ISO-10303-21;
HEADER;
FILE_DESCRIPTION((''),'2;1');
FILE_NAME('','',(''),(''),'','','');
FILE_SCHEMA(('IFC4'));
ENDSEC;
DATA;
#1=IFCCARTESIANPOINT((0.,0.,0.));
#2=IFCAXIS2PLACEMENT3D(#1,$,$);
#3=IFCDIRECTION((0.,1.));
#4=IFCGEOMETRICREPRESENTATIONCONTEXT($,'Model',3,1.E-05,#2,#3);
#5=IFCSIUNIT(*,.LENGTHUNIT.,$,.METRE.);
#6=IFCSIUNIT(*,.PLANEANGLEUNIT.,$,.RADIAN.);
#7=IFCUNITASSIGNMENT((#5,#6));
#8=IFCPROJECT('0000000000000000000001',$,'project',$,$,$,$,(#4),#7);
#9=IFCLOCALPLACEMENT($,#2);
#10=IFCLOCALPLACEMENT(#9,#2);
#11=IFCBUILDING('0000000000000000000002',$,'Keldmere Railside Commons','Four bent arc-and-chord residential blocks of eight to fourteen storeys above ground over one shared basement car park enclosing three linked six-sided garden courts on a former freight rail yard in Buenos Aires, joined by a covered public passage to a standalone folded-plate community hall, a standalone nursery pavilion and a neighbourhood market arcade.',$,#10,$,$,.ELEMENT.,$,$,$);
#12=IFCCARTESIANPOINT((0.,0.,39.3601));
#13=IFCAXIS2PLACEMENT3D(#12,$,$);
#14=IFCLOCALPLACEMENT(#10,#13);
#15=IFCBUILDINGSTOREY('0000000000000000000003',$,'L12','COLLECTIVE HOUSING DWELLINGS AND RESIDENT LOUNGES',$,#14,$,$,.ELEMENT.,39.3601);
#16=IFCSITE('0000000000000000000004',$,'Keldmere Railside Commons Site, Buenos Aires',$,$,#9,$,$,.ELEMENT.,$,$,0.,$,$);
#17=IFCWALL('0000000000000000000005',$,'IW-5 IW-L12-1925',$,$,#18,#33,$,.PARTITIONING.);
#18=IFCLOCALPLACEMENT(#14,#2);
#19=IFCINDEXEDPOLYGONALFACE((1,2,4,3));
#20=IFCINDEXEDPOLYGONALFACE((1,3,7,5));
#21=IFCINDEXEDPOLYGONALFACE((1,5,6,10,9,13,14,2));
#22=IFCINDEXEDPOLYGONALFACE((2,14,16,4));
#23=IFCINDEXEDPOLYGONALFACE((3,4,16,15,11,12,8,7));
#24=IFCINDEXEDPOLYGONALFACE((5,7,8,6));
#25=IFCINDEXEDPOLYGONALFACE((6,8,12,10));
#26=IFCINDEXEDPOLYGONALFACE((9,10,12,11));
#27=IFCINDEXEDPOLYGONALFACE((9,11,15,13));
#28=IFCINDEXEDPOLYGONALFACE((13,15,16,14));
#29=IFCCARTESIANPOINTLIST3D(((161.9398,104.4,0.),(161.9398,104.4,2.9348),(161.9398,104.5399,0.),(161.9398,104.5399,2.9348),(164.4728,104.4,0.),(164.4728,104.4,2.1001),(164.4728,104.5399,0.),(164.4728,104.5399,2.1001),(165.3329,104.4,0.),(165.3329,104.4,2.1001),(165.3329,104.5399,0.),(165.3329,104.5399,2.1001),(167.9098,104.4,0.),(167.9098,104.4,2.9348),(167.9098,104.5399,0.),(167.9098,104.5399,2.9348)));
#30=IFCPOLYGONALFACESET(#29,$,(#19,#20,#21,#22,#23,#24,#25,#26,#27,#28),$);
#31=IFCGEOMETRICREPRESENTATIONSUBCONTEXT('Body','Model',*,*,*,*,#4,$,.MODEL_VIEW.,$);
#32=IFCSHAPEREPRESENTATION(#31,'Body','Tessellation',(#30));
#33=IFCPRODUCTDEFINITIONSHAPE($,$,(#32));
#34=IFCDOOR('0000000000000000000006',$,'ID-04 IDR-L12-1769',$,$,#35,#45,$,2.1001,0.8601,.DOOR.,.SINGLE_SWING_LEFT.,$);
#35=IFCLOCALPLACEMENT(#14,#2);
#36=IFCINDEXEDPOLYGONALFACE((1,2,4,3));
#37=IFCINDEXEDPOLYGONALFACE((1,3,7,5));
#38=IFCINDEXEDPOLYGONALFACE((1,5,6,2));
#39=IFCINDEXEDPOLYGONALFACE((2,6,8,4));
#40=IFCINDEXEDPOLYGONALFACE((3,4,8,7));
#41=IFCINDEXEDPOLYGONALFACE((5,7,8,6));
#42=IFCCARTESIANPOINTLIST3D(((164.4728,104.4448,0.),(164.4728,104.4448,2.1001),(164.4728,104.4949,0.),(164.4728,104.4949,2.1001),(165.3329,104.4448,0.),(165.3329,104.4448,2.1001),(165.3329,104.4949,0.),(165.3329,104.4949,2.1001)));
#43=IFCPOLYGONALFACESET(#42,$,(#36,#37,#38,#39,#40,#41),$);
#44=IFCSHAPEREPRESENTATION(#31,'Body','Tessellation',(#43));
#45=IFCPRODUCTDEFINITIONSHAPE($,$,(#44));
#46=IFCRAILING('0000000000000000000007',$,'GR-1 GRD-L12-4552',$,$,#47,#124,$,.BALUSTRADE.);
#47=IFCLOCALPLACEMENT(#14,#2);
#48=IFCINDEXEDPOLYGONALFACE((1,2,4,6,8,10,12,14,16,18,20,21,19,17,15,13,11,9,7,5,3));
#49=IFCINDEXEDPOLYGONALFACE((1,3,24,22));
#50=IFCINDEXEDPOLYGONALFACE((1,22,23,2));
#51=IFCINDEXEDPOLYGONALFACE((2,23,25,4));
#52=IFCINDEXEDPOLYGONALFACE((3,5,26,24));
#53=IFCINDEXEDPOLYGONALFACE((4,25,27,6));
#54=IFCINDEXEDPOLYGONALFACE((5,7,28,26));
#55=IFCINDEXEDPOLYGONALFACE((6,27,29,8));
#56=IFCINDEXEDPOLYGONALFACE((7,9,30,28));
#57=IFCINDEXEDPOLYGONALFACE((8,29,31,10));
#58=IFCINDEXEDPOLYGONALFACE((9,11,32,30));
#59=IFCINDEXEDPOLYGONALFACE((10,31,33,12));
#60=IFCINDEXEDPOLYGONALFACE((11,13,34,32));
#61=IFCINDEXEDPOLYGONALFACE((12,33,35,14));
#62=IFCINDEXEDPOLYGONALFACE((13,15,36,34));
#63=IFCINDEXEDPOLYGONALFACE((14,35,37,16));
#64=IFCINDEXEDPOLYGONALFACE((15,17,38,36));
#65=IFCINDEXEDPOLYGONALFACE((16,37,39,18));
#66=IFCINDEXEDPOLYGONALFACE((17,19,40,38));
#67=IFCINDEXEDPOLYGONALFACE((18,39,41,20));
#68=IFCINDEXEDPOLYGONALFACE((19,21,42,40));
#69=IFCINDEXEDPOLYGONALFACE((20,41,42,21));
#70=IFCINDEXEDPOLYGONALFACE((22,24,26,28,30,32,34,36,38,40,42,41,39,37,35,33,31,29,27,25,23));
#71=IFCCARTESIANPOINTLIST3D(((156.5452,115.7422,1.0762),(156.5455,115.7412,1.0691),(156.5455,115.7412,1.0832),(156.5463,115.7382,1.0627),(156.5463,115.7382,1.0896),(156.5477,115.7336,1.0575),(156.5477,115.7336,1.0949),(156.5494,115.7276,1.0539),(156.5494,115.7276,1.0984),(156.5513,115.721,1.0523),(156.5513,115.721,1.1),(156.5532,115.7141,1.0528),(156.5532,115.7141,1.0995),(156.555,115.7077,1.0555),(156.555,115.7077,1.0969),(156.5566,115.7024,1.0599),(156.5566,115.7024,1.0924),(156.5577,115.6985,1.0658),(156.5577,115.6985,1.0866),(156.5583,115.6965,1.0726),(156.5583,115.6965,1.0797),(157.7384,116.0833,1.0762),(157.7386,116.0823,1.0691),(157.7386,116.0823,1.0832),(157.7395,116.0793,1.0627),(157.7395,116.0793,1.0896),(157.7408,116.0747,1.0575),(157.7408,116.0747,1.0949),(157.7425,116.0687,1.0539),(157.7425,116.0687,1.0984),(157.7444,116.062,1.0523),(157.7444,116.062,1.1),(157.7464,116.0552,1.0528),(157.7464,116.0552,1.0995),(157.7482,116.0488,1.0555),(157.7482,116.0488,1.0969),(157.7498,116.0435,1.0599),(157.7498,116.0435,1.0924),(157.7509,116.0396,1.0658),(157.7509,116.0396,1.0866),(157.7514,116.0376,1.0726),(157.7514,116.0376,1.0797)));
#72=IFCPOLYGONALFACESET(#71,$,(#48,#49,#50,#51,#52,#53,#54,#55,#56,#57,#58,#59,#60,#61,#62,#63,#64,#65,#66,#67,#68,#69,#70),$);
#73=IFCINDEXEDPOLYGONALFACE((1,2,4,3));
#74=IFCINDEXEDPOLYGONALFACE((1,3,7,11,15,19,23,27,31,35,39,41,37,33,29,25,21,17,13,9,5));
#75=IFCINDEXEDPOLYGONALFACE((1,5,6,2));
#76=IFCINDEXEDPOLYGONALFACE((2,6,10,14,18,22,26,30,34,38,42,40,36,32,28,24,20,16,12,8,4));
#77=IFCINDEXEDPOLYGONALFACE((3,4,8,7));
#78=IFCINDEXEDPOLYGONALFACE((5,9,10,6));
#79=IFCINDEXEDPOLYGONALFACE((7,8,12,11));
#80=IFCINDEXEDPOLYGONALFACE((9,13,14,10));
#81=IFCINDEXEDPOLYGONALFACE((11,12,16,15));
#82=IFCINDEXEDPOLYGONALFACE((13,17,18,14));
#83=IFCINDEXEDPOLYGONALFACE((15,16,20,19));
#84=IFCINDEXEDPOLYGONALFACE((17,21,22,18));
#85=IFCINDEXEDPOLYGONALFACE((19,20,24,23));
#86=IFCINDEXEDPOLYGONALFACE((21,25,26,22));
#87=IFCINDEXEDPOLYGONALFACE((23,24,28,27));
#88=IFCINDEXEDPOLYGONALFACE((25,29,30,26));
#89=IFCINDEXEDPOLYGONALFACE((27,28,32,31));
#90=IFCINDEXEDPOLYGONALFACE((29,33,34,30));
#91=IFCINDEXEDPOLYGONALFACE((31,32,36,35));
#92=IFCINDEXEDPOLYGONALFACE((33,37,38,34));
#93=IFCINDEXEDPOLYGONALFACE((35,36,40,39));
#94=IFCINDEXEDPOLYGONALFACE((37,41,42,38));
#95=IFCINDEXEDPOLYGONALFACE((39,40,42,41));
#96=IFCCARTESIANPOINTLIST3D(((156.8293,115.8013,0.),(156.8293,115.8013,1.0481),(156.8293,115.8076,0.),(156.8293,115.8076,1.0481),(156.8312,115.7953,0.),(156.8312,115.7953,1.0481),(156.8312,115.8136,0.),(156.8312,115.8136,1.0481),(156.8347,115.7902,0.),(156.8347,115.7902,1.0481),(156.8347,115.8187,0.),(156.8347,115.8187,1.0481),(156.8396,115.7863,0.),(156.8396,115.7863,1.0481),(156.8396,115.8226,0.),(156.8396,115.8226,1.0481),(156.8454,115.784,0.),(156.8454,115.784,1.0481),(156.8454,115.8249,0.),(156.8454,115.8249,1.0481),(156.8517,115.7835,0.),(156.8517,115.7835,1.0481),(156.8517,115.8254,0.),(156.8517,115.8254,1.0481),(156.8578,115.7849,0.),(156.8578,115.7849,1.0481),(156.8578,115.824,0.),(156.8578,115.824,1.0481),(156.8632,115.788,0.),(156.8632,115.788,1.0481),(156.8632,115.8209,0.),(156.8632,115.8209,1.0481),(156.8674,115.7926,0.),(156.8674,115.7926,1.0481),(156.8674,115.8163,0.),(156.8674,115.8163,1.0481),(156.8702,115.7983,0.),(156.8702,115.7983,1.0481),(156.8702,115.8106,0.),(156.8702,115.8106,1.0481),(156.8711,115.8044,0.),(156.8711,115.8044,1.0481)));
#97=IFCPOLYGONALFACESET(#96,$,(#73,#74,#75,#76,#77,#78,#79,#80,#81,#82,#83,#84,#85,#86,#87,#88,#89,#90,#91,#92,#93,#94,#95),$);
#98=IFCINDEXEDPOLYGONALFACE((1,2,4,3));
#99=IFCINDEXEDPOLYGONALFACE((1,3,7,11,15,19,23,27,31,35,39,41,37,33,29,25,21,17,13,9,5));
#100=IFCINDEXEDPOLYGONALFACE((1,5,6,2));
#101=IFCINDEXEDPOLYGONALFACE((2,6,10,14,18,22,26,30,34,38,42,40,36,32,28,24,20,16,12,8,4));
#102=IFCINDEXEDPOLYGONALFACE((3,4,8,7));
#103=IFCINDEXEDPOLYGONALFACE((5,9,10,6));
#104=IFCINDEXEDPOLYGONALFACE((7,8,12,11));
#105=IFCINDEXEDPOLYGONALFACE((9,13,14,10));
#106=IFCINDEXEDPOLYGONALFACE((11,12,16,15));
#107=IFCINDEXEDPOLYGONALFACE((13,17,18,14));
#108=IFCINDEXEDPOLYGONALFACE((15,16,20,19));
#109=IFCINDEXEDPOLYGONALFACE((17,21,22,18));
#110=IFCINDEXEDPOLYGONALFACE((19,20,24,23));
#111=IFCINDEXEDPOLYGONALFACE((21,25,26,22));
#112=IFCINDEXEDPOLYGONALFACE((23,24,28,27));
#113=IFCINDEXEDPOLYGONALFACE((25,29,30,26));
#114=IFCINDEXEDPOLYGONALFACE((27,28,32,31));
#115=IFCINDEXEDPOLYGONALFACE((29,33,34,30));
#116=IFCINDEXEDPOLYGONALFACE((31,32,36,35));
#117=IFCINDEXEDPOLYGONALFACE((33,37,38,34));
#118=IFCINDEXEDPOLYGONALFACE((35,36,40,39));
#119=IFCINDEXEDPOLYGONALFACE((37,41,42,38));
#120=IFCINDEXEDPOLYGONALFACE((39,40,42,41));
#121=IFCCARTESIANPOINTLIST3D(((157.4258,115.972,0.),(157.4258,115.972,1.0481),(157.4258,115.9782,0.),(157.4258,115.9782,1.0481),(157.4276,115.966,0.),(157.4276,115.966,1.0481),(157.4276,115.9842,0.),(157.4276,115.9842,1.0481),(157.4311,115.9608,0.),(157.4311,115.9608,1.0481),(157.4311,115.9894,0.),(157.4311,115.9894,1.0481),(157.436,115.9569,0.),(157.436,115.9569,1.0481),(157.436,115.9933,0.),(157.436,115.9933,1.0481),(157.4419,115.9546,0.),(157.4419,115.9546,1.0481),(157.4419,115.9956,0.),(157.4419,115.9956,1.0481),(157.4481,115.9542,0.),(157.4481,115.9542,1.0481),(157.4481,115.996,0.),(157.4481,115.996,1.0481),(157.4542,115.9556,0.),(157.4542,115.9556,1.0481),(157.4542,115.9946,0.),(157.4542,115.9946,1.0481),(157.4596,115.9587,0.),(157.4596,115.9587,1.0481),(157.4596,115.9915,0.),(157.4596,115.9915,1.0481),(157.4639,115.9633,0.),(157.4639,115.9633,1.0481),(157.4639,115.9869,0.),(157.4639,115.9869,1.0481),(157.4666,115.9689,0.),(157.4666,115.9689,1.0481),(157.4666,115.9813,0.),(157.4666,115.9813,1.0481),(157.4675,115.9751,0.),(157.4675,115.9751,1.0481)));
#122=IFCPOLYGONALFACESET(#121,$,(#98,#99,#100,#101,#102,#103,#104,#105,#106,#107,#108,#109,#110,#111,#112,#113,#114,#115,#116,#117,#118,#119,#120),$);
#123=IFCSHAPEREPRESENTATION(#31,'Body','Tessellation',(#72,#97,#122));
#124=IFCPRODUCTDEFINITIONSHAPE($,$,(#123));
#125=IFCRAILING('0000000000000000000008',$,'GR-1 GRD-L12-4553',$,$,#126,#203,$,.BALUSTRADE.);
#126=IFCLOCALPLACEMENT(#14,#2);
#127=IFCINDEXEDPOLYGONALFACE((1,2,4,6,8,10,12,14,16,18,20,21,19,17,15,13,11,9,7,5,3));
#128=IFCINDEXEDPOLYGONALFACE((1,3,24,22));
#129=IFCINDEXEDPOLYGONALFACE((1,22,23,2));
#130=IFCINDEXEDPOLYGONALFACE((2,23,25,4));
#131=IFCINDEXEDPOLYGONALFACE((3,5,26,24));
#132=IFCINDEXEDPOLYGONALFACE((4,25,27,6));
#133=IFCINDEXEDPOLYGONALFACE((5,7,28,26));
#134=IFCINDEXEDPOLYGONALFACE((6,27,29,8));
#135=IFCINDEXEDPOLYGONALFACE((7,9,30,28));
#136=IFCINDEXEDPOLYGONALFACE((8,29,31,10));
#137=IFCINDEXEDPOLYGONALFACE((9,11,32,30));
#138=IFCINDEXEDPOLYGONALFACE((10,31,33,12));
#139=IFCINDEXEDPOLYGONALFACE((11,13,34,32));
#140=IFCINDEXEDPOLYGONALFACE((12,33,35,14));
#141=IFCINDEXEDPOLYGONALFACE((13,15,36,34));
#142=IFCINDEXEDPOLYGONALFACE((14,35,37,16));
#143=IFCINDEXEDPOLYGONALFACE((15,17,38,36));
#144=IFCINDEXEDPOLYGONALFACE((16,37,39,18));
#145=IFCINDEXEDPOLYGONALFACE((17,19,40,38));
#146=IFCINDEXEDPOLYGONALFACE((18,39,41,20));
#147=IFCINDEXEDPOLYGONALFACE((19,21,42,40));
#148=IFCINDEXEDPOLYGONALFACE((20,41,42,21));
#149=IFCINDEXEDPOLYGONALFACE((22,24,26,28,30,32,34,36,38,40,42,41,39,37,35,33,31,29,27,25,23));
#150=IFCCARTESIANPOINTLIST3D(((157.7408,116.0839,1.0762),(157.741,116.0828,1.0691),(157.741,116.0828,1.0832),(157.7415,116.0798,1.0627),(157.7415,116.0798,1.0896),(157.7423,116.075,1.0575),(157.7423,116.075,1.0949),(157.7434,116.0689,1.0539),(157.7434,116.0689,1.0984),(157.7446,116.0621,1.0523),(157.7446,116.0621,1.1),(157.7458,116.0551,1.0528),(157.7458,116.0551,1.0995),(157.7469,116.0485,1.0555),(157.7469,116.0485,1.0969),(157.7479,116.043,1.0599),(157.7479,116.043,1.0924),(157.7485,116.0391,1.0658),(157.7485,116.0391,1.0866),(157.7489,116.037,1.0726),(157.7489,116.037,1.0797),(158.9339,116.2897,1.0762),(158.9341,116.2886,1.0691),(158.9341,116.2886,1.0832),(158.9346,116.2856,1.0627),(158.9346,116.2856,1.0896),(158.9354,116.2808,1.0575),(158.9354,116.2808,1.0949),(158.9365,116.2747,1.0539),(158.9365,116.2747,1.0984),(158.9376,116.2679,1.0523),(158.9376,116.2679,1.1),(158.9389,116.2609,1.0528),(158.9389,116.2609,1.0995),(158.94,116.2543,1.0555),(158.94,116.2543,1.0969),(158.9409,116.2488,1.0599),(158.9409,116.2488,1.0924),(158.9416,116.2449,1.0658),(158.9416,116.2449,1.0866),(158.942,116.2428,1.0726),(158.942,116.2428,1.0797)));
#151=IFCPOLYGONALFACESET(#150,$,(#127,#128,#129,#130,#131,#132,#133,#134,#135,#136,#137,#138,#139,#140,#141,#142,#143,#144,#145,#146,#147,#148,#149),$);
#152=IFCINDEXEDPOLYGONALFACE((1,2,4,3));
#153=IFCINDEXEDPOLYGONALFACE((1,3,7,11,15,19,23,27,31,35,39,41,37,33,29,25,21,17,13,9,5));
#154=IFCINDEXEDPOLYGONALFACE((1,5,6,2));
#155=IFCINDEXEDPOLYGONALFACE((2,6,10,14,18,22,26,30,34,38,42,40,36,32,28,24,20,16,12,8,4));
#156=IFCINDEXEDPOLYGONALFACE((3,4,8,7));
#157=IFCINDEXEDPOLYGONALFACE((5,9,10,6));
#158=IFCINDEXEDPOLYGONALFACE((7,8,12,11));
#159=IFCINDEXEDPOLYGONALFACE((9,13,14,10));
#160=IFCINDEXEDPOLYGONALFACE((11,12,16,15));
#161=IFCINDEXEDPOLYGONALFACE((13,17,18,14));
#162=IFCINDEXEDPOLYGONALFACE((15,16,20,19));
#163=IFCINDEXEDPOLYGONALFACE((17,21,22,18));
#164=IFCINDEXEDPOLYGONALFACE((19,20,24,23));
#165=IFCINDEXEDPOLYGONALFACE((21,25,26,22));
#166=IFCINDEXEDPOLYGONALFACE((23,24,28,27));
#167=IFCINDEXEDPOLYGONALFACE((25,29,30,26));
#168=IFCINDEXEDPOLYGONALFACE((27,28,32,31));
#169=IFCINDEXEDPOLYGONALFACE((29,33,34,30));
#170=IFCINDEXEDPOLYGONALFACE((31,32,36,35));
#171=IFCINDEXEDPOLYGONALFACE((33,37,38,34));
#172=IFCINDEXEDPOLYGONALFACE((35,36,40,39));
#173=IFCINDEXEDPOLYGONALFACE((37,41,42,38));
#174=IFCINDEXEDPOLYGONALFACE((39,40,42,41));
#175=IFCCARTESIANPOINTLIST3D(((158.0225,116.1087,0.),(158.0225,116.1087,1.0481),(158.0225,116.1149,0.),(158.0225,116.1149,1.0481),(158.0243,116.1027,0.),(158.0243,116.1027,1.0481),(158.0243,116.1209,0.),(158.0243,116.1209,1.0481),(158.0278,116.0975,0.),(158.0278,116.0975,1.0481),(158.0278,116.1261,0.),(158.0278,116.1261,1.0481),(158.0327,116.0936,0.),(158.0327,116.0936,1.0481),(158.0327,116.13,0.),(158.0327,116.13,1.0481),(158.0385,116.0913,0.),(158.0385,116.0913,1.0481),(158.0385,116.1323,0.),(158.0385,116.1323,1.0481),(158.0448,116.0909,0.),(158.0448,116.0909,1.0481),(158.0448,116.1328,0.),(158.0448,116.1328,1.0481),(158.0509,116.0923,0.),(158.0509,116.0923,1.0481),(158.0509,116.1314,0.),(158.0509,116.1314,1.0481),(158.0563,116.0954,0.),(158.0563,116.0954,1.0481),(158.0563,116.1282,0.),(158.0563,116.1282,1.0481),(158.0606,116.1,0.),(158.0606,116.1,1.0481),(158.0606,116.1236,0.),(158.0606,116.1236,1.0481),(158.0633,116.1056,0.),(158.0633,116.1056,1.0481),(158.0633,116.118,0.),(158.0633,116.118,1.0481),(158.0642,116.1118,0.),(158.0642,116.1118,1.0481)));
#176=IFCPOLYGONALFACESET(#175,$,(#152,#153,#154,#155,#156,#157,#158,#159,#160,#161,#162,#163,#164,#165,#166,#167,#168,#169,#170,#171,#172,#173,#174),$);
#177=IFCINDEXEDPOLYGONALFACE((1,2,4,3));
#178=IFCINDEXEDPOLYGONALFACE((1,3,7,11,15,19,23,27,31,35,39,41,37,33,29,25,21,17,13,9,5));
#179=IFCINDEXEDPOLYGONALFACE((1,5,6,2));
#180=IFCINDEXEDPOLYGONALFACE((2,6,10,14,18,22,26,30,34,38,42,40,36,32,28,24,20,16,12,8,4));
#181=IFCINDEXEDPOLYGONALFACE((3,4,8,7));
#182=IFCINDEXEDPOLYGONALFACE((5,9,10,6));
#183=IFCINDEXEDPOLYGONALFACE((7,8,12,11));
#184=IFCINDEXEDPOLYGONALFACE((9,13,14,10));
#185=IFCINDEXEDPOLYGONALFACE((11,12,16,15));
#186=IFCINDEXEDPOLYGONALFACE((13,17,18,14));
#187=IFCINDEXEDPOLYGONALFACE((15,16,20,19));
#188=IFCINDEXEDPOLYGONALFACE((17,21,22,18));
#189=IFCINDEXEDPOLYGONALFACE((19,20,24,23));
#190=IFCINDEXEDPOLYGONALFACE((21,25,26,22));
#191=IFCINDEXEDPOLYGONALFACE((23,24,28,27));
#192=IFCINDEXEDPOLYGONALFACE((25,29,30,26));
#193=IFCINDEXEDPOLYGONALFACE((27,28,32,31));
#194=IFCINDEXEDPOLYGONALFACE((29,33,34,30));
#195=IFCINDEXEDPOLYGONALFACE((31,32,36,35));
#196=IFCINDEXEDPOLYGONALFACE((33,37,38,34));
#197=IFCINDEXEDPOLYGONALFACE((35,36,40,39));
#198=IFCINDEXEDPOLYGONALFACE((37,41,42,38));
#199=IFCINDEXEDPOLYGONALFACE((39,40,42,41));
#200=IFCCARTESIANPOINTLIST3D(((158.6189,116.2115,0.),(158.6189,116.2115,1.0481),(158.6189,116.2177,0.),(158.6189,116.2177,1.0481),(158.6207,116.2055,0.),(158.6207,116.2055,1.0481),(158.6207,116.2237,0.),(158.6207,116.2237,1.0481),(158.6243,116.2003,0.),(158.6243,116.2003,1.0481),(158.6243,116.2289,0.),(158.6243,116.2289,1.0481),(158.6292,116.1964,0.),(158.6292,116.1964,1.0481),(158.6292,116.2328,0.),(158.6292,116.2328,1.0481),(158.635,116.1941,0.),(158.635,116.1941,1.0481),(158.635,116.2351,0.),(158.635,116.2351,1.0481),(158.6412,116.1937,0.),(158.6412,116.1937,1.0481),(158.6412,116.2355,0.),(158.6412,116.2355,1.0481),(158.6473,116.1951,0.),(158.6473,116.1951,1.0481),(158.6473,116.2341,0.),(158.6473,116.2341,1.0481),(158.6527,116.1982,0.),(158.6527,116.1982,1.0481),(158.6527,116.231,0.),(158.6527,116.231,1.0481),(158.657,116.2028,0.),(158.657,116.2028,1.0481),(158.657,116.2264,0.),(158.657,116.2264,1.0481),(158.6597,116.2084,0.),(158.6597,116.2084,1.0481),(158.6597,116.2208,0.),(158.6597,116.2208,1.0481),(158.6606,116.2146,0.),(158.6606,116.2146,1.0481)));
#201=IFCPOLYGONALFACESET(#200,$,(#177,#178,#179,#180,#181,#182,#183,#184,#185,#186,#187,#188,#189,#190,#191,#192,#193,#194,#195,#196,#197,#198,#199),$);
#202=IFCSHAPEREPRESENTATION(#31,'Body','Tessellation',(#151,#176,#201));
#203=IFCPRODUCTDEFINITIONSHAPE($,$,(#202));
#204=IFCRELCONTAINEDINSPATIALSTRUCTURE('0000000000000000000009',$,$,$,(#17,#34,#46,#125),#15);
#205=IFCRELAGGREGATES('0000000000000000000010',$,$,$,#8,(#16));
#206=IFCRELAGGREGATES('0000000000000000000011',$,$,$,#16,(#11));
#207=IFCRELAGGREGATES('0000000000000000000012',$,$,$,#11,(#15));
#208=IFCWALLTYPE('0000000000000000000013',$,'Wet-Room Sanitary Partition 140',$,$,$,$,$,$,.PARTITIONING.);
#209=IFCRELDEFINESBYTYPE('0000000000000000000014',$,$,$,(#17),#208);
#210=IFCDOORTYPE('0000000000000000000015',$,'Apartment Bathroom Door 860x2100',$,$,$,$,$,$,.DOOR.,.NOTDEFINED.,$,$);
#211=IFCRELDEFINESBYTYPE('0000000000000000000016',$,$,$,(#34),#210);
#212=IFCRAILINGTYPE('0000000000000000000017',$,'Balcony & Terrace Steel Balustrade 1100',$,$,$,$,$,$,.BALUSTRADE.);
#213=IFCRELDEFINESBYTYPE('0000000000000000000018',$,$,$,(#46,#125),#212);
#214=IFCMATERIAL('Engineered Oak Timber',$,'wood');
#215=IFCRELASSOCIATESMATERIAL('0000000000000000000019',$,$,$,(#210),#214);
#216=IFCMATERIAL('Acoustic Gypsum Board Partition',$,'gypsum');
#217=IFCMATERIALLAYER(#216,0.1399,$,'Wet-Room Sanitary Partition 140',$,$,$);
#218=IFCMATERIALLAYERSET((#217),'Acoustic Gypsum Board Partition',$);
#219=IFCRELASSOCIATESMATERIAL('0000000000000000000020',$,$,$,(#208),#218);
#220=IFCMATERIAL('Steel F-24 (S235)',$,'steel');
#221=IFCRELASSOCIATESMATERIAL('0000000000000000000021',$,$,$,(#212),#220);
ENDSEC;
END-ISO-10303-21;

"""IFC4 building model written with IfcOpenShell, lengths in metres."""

from ifc_helpers import new_model, si_unit, direction, frame, frame_2d, origin, origin_2d, place, context, subcontext, project, spatial, rectangle, circle, extrude, material, layer, layer_set, type_object, element, fill, save


model = new_model("IFC4")

# Units and contexts
model_context = context("Model", 3, precision=1e-05, world=origin(), true_north=direction((0.0, 1.0)))
body_context = subcontext(model_context, "Body", "Model", "MODEL_VIEW")
ifc_project = project(units=[si_unit("LENGTHUNIT", "METRE"), si_unit("PLANEANGLEUNIT", "RADIAN")], contexts=[model_context])

# Site, building, storey
site_placement = place(None, origin())
site = spatial("IfcSite", under=ifc_project, at=site_placement, Name="Keldmere Railside Commons Site, Buenos Aires", CompositionType="ELEMENT", RefElevation=0.0)
building_placement = place(site_placement, origin())
building = spatial("IfcBuilding", under=site, at=building_placement, Name="Keldmere Railside Commons", Description="Four bent arc-and-chord residential blocks of eight to fourteen storeys above ground over one shared basement car park enclosing three linked six-sided garden courts on a former freight rail yard in Buenos Aires, joined by a covered public passage to a standalone folded-plate community hall, a standalone nursery pavilion and a neighbourhood market arcade.", CompositionType="ELEMENT")
storey_placement = place(building_placement, frame((0.0, 0.0, 39.3601)))
storey = spatial("IfcBuildingStorey", under=building, at=storey_placement, Name="L12", Description="COLLECTIVE HOUSING DWELLINGS AND RESIDENT LOUNGES", CompositionType="ELEMENT", Elevation=39.3601)

# Shared definitions
ifc_material_1 = material(Name="Acoustic Gypsum Board Partition", Category="gypsum")

# Shared definitions
ifc_material_2 = material(Name="Engineered Oak Timber", Category="wood")
door_type_1 = type_object("IfcDoorType", Name="Apartment Bathroom Door 860x2100", OperationType="NOTDEFINED", PredefinedType="DOOR", material=ifc_material_2)

# Wall, opening, door
ifc_layer_1 = layer(ifc_material_1, 0.1399, Name="Wet-Room Sanitary Partition 140")
ifc_layer_set_1 = layer_set([ifc_layer_1], Name="Acoustic Gypsum Board Partition")
wall_type_1 = type_object("IfcWallType", Name="Wet-Room Sanitary Partition 140", PredefinedType="PARTITIONING", material=ifc_layer_set_1)
wall_1_placement = place(storey_placement, frame((161.9399, 104.47, 0.0), z_axis=(0.0, 0.0, 1.0), x_axis=(1.0, 0.0, 0.0)))
wall_1 = element("IfcWall", 1, at=wall_1_placement, inside=storey, type_object=wall_type_1, Name="IW-5 IW-L12-1925", PredefinedType="PARTITIONING", context=body_context, shape_type="SweptSolid", body=[
    extrude(rectangle(XDim=5.97, YDim=0.1399, at=frame_2d((2.9849, 0.0))), origin(), (0.0, 0.0, 1.0), 2.9348),
])
opening_1_placement = place(wall_1_placement, frame((2.5327, 0.0, 0.0)))
opening_1 = element("IfcOpeningElement", 2, at=opening_1_placement, cuts=wall_1, PredefinedType="OPENING", context=body_context, shape_type="SweptSolid", body=[
    extrude(rectangle(XDim=0.8601, YDim=2.1001, at=frame_2d((0.4302, 1.05))), frame((0.0, 0.0798, 0.0), z_axis=(0.0, -1.0, 0.0), x_axis=(1.0, 0.0, 0.0)), (0.0, 0.0, 1.0), 0.1599),
])
door_1_placement = place(opening_1_placement, origin())
door_1 = element("IfcDoor", 3, at=door_1_placement, inside=storey, type_object=door_type_1, Name="ID-04 IDR-L12-1769", OperationType="SINGLE_SWING_LEFT", OverallHeight=2.1001, OverallWidth=0.8601, PredefinedType="DOOR", context=body_context, shape_type="SweptSolid", body=[
    extrude(rectangle(XDim=0.8601, YDim=2.1001, at=frame_2d((0.4302, 1.05))), frame((0.0, 0.0249, 0.0), z_axis=(0.0, -1.0, 0.0), x_axis=(1.0, 0.0, 0.0)), (0.0, 0.0, 1.0), 0.05),
])
fill(opening_1, door_1)

# Railings
ifc_material_3 = material(Name="Steel F-24 (S235)", Category="steel")
railing_type = type_object("IfcRailingType", Name="Balcony & Terrace Steel Balustrade 1100", PredefinedType="BALUSTRADE", material=ifc_material_3)
railing_1_placement = place(storey_placement, frame((156.5518, 115.7192, 0.0)))
element("IfcRailing", 4, at=railing_1_placement, inside=storey, type_object=railing_type, Name="GR-1 GRD-L12-4552", PredefinedType="BALUSTRADE", context=body_context, shape_type="SweptSolid", body=[
    extrude(circle(Radius=0.0239, at=origin_2d()), frame((0.0, 0.0, 1.0762), z_axis=(0.961487, 0.274851, 0.0), x_axis=(-0.274851, 0.961487, 0.0)), (0.0, 0.0, 1.0), 1.241),
    extrude(circle(Radius=0.021, at=origin_2d()), frame((0.2983, 0.0852, 0.0)), (0.0, 0.0, 1.0), 1.0481),
    extrude(circle(Radius=0.021, at=origin_2d()), frame((0.8948, 0.2559, 0.0)), (0.0, 0.0, 1.0), 1.0481),
])
railing_2_placement = place(storey_placement, frame((157.7449, 116.0603, 0.0)))
element("IfcRailing", 5, at=railing_2_placement, inside=storey, type_object=railing_type, Name="GR-1 GRD-L12-4553", PredefinedType="BALUSTRADE", context=body_context, shape_type="SweptSolid", body=[
    extrude(circle(Radius=0.0239, at=origin_2d()), frame((0.0, 0.0, 1.0762), z_axis=(0.985446, 0.169988, 0.0), x_axis=(-0.169988, 0.985446, 0.0)), (0.0, 0.0, 1.0), 1.2107),
    extrude(circle(Radius=0.021, at=origin_2d()), frame((0.2983, 0.0515, 0.0)), (0.0, 0.0, 1.0), 1.0481),
    extrude(circle(Radius=0.021, at=origin_2d()), frame((0.8948, 0.1543, 0.0)), (0.0, 0.0, 1.0), 1.0481),
])

save(model, "model.ifc")
